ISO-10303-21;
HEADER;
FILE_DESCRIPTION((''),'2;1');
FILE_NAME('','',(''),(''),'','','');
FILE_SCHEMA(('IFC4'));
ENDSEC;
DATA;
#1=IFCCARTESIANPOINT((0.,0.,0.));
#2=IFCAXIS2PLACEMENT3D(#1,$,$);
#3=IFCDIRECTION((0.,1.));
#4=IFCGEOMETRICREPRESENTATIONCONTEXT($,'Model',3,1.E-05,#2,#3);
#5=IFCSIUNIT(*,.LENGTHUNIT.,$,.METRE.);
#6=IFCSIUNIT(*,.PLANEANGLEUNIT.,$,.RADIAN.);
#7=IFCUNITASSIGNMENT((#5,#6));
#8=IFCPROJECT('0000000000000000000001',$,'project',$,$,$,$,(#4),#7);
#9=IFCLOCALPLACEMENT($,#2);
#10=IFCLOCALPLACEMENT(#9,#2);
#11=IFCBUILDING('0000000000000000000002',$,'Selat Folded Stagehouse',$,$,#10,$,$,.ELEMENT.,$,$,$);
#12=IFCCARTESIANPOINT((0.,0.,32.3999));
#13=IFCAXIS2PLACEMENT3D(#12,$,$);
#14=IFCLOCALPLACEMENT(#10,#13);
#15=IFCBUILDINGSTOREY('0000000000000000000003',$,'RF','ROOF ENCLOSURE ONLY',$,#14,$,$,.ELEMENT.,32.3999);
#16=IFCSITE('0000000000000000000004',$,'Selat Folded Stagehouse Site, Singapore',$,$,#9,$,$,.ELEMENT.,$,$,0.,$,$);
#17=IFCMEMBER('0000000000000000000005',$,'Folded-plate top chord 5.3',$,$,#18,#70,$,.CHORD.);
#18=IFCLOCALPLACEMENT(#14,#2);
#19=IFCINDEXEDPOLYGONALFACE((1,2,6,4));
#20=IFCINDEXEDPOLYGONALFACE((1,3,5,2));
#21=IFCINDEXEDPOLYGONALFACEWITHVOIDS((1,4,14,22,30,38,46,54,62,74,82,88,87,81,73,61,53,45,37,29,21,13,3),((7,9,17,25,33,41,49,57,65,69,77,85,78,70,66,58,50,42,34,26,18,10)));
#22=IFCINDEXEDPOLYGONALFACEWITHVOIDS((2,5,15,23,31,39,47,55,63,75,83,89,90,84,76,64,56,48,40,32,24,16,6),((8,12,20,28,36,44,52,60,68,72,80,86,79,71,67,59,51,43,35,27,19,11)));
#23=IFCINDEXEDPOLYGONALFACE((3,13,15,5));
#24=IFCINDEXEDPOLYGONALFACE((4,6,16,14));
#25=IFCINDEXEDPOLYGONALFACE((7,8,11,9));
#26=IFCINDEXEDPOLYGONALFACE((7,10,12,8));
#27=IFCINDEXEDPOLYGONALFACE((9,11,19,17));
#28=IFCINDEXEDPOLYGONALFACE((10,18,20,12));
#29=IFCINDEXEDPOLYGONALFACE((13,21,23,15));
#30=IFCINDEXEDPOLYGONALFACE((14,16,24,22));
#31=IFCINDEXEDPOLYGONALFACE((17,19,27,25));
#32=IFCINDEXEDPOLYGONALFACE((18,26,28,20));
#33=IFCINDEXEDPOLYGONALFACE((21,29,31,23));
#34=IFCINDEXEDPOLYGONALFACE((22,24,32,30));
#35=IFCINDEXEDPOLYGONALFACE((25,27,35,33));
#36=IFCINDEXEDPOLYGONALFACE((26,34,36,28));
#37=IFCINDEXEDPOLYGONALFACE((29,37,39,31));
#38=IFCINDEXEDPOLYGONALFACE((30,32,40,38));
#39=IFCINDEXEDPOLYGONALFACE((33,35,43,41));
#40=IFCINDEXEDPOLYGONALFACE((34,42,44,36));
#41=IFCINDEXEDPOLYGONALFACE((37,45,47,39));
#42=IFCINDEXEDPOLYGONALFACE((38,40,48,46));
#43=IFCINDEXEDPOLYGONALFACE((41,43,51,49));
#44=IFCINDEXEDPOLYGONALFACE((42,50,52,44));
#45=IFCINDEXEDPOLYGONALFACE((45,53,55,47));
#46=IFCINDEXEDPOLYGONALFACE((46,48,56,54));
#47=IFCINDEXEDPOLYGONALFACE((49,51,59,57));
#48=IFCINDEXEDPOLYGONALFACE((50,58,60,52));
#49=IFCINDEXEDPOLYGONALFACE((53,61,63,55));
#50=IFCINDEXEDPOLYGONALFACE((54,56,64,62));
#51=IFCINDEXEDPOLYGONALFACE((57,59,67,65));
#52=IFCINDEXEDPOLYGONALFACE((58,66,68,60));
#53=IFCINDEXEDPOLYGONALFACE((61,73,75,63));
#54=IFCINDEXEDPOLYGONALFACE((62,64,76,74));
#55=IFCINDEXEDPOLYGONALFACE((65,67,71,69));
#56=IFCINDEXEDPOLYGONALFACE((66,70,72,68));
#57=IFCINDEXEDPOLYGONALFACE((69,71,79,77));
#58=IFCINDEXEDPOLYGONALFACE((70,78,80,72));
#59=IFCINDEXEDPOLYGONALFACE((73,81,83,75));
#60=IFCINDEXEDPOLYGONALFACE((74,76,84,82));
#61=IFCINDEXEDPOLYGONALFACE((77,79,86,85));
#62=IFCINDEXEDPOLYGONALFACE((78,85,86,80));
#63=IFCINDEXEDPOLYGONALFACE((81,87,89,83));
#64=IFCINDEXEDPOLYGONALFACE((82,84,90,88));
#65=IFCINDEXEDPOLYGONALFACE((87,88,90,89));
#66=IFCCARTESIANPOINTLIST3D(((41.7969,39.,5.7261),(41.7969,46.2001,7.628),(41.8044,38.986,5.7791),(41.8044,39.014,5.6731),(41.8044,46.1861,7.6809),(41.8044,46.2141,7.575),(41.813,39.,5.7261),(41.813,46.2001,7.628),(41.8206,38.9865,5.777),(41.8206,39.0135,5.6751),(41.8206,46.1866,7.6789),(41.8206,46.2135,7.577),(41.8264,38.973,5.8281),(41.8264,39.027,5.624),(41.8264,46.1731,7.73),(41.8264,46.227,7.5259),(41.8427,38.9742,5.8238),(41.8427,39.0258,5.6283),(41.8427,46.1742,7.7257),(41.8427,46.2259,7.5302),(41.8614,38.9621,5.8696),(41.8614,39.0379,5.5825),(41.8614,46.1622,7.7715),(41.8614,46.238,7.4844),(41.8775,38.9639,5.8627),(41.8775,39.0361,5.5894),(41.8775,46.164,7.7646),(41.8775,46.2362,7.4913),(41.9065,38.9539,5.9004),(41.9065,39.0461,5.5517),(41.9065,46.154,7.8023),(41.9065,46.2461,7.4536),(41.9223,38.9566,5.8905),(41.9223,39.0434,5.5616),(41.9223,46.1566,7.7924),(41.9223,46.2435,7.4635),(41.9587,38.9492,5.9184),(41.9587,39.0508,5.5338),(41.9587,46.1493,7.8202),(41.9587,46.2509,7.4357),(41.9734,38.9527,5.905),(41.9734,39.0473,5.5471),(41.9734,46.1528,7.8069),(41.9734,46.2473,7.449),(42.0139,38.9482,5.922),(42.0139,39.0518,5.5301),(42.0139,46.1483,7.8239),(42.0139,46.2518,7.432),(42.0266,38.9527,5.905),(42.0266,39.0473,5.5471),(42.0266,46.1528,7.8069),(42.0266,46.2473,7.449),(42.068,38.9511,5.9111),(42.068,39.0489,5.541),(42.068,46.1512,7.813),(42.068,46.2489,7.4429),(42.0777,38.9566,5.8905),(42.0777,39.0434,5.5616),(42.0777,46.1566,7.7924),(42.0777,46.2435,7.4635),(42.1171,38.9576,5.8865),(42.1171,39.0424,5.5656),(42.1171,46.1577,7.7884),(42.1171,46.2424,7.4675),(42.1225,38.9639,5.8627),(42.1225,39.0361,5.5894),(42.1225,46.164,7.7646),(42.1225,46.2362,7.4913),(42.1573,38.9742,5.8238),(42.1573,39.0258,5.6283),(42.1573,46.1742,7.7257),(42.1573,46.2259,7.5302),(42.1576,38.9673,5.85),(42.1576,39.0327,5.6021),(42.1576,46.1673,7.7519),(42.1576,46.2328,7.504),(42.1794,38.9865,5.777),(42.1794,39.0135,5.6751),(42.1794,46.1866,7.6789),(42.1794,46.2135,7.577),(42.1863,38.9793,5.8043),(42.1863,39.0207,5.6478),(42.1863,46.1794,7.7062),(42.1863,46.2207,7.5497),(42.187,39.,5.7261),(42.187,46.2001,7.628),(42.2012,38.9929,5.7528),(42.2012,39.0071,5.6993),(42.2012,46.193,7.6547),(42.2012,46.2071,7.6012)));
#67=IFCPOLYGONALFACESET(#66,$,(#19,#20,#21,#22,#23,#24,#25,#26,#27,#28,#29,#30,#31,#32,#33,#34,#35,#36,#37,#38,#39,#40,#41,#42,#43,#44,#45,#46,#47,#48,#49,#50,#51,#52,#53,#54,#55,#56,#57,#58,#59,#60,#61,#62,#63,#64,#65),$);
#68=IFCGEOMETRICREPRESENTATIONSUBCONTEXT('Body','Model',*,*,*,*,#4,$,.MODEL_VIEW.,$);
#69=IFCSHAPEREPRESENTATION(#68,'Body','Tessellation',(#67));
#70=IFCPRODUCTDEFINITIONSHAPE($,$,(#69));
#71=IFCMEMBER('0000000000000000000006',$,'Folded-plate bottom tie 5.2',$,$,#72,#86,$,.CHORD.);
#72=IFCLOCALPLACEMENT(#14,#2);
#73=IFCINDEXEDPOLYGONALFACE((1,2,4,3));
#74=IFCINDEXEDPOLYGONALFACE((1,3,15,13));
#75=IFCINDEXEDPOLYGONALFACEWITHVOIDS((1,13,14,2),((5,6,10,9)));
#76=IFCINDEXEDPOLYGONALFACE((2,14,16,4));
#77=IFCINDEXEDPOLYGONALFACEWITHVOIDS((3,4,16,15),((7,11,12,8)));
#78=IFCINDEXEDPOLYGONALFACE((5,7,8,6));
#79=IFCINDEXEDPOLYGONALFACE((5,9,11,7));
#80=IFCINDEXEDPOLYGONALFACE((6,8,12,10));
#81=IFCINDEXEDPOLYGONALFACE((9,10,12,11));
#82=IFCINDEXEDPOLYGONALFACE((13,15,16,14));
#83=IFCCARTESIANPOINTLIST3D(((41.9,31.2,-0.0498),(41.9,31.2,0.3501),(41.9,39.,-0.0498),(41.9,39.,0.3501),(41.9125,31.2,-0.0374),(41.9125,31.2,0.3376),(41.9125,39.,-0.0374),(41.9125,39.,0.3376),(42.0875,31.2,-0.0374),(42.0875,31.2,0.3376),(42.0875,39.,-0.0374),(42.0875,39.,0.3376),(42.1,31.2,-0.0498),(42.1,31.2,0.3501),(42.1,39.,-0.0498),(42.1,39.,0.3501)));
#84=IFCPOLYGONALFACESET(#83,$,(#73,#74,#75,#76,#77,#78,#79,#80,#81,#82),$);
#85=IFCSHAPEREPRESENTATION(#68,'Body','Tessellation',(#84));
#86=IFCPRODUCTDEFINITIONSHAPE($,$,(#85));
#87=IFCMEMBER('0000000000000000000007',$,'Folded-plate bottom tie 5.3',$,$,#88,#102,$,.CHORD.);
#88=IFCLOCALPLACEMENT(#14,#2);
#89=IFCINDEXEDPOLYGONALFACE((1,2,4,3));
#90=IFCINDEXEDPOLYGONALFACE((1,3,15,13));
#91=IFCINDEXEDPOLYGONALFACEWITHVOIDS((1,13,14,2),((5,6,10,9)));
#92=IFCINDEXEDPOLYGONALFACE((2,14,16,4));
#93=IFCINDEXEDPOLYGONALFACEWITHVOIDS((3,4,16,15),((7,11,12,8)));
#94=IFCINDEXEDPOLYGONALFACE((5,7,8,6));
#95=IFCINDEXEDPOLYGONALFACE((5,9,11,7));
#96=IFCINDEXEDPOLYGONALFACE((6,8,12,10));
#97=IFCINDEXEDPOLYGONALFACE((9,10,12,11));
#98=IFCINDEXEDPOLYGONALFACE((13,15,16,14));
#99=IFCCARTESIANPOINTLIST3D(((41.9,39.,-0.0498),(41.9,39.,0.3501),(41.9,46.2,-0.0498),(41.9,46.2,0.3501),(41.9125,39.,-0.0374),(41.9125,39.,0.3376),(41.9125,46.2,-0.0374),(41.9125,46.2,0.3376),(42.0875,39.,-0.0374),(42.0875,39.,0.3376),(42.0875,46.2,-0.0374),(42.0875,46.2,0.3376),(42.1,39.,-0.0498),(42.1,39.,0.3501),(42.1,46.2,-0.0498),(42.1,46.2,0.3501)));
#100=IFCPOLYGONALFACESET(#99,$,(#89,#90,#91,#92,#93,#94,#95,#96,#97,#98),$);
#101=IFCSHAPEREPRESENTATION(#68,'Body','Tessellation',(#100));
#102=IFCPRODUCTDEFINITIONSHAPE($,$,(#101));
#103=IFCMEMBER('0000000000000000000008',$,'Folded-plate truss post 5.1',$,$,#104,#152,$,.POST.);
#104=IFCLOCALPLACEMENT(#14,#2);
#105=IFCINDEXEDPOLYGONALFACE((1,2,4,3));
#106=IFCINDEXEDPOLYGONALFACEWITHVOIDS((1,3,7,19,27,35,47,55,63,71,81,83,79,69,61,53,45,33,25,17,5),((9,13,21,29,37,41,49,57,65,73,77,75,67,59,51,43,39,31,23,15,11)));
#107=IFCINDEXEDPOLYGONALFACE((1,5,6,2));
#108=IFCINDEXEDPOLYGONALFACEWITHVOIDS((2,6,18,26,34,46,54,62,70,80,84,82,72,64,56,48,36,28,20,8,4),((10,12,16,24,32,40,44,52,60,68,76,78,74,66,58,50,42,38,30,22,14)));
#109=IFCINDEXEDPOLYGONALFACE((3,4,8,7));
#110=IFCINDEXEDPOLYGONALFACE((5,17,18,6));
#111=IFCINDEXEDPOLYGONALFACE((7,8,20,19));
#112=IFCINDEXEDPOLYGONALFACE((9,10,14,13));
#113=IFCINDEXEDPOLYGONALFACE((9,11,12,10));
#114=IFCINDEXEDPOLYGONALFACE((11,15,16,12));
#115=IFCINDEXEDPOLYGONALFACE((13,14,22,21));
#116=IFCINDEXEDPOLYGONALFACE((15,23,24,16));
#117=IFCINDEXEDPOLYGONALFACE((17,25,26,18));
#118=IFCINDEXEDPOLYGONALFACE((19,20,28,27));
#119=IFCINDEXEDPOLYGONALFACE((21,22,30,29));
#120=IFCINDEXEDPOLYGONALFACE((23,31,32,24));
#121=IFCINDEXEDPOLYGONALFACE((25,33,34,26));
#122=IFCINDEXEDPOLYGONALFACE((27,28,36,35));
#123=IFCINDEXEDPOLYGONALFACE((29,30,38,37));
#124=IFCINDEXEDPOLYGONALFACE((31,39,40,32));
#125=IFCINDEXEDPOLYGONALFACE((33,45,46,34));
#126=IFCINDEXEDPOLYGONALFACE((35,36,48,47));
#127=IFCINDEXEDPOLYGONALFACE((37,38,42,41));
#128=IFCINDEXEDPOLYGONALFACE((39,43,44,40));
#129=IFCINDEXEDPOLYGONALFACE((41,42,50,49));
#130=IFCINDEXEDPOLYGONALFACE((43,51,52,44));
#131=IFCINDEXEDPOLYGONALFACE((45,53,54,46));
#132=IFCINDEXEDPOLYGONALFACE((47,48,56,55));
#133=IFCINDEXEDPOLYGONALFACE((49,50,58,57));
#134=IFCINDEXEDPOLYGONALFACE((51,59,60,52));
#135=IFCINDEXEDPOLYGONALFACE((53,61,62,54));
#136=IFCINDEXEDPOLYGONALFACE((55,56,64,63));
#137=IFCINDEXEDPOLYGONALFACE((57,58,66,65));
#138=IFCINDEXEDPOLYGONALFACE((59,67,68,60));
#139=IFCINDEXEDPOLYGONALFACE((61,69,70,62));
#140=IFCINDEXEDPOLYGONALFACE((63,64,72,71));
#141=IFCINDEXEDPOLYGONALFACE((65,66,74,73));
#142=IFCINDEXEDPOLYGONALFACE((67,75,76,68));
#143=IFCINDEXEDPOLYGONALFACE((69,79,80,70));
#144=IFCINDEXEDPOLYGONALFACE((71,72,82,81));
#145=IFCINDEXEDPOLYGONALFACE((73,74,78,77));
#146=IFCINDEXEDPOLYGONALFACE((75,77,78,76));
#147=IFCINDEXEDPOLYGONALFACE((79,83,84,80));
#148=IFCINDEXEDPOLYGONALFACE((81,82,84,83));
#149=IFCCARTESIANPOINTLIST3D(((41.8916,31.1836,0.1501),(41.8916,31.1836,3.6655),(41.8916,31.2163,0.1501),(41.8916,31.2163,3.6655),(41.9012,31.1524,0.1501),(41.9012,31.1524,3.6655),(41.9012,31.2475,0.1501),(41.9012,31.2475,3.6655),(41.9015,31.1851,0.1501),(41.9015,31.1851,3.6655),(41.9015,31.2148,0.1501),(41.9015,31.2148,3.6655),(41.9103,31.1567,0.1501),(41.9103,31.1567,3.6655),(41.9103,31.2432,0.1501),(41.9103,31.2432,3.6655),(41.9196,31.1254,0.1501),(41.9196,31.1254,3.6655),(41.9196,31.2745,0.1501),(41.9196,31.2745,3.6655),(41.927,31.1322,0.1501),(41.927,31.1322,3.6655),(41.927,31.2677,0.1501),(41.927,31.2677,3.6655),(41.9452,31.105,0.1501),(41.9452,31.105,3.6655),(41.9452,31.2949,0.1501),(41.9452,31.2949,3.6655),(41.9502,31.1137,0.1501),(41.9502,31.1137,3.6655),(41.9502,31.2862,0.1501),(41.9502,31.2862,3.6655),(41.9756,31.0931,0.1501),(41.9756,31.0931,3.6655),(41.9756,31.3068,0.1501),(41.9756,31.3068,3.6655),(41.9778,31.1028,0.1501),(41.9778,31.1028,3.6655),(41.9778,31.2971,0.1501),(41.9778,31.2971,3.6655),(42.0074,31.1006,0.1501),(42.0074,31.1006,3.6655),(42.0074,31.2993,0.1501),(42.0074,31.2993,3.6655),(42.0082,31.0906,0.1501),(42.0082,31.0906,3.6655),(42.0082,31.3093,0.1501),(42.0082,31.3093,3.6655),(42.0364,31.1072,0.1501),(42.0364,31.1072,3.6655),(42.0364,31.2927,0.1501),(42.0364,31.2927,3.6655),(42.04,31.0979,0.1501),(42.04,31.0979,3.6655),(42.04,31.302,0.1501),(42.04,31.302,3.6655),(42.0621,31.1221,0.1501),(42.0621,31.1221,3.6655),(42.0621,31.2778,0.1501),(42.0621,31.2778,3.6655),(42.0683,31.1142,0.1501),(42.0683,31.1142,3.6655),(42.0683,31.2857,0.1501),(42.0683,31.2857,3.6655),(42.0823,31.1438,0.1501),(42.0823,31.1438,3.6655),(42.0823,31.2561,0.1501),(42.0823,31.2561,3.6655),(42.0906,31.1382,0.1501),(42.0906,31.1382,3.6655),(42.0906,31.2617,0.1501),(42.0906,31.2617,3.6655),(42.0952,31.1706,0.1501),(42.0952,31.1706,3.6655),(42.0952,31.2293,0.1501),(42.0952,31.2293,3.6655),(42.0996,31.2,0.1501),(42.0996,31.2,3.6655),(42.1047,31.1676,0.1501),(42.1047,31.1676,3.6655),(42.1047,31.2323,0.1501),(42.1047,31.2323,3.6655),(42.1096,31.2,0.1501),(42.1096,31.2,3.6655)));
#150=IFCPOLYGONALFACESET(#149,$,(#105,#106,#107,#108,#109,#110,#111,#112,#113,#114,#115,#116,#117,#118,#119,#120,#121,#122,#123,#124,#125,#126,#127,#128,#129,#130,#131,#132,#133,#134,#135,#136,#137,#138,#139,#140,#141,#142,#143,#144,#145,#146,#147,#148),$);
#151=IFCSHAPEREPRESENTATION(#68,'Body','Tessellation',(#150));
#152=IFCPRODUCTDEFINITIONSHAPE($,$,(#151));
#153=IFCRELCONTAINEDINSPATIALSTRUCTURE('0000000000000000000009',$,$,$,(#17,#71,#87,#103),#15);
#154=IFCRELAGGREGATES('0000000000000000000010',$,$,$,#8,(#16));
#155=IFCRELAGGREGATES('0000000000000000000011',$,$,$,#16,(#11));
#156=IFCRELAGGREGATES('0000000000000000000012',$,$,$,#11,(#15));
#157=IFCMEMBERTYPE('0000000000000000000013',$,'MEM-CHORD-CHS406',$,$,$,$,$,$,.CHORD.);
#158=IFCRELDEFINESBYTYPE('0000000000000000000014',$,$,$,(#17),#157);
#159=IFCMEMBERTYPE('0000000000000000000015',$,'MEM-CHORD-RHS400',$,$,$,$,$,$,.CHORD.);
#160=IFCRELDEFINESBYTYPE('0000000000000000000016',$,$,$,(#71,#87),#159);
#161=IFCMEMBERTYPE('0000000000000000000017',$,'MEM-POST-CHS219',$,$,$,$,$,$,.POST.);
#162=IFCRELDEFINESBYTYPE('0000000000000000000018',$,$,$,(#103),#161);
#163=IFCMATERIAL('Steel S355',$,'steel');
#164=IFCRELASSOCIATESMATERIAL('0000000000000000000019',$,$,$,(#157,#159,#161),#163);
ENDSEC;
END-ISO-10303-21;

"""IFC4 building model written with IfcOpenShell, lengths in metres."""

from ifc_helpers import new_model, si_unit, direction, frame, origin, origin_2d, place, context, subcontext, project, spatial, hollow_rectangle, hollow_circle, extrude, material, material_profile, profile_set, type_object, element, save


model = new_model("IFC4")

# Units and contexts
model_context = context("Model", 3, precision=1e-05, world=origin(), true_north=direction((0.0, 1.0)))
body_context = subcontext(model_context, "Body", "Model", "MODEL_VIEW")
ifc_project = project(units=[si_unit("LENGTHUNIT", "METRE"), si_unit("PLANEANGLEUNIT", "RADIAN")], contexts=[model_context])

# Site, building, storey
site_placement = place(None, origin())
site = spatial("IfcSite", under=ifc_project, at=site_placement, Name="Selat Folded Stagehouse Site, Singapore", CompositionType="ELEMENT", RefElevation=0.0)
building_placement = place(site_placement, origin())
building = spatial("IfcBuilding", under=site, at=building_placement, Name="Selat Folded Stagehouse", CompositionType="ELEMENT")
storey_placement = place(building_placement, frame((0.0, 0.0, 32.3999)))
storey = spatial("IfcBuildingStorey", under=building, at=storey_placement, Name="RF", Description="ROOF ENCLOSURE ONLY", CompositionType="ELEMENT", Elevation=32.3999)

# Shared definitions
ifc_material_1 = material(Name="Steel S355", Category="steel")

# Members
ifc_material_profile_1 = material_profile(ifc_material_1, hollow_circle(Radius=0.2031, WallThickness=0.0161, at=origin_2d()), Name="CHS 406.4x16.0")
ifc_profile_set_1 = profile_set([ifc_material_profile_1], Name="Steel S355")
member_type_1 = type_object("IfcMemberType", Name="MEM-CHORD-CHS406", PredefinedType="CHORD", material=ifc_profile_set_1)
member_1_placement = place(storey_placement, frame((42.0, 39.0, 5.7261), z_axis=(0.0, 0.966838, 0.255389), x_axis=(-1.0, 0.0, 0.0)))
element("IfcMember", 1, at=member_1_placement, inside=storey, type_object=member_type_1, Name="Folded-plate top chord 5.3", PredefinedType="CHORD", context=body_context, shape_type="SweptSolid", body=[
    extrude(hollow_circle(Radius=0.2031, WallThickness=0.0161, at=origin_2d()), origin(), (0.0, 0.0, 1.0), 7.447),
])
ifc_material_profile_2 = material_profile(ifc_material_1, hollow_rectangle(XDim=0.2, YDim=0.3999, WallThickness=0.0125, at=origin_2d()), Name="RHS 400x200x12.5")
ifc_profile_set_2 = profile_set([ifc_material_profile_2], Name="Steel S355")
member_type_2 = type_object("IfcMemberType", Name="MEM-CHORD-RHS400", PredefinedType="CHORD", material=ifc_profile_set_2)
member_2_placement = place(storey_placement, frame((42.0, 31.2, 0.1501), z_axis=(0.0, 1.0, 0.0), x_axis=(-1.0, 0.0, 0.0)))
element("IfcMember", 2, at=member_2_placement, inside=storey, type_object=member_type_2, Name="Folded-plate bottom tie 5.2", PredefinedType="CHORD", context=body_context, shape_type="SweptSolid", body=[
    extrude(hollow_rectangle(XDim=0.2, YDim=0.3999, WallThickness=0.0125, at=origin_2d()), origin(), (0.0, 0.0, 1.0), 7.8),
])
member_3_placement = place(storey_placement, frame((42.0, 39.0, 0.1501), z_axis=(0.0, 1.0, 0.0), x_axis=(-1.0, 0.0, 0.0)))
element("IfcMember", 3, at=member_3_placement, inside=storey, type_object=member_type_2, Name="Folded-plate bottom tie 5.3", PredefinedType="CHORD", context=body_context, shape_type="SweptSolid", body=[
    extrude(hollow_rectangle(XDim=0.2, YDim=0.3999, WallThickness=0.0125, at=origin_2d()), origin(), (0.0, 0.0, 1.0), 7.2),
])
ifc_material_profile_3 = material_profile(ifc_material_1, hollow_circle(Radius=0.1096, WallThickness=0.01, at=origin_2d()), Name="CHS 219.1x10.0")
ifc_profile_set_3 = profile_set([ifc_material_profile_3], Name="Steel S355")
member_type_3 = type_object("IfcMemberType", Name="MEM-POST-CHS219", PredefinedType="POST", material=ifc_profile_set_3)
member_4_placement = place(storey_placement, frame((42.0, 31.2, 0.1501), z_axis=(0.0, 0.0, 1.0), x_axis=(1.0, 0.0, 0.0)))
element("IfcMember", 4, at=member_4_placement, inside=storey, type_object=member_type_3, Name="Folded-plate truss post 5.1", PredefinedType="POST", context=body_context, shape_type="SweptSolid", body=[
    extrude(hollow_circle(Radius=0.1096, WallThickness=0.01, at=origin_2d()), origin(), (0.0, 0.0, 1.0), 3.5154),
])

save(model, "model.ifc")
